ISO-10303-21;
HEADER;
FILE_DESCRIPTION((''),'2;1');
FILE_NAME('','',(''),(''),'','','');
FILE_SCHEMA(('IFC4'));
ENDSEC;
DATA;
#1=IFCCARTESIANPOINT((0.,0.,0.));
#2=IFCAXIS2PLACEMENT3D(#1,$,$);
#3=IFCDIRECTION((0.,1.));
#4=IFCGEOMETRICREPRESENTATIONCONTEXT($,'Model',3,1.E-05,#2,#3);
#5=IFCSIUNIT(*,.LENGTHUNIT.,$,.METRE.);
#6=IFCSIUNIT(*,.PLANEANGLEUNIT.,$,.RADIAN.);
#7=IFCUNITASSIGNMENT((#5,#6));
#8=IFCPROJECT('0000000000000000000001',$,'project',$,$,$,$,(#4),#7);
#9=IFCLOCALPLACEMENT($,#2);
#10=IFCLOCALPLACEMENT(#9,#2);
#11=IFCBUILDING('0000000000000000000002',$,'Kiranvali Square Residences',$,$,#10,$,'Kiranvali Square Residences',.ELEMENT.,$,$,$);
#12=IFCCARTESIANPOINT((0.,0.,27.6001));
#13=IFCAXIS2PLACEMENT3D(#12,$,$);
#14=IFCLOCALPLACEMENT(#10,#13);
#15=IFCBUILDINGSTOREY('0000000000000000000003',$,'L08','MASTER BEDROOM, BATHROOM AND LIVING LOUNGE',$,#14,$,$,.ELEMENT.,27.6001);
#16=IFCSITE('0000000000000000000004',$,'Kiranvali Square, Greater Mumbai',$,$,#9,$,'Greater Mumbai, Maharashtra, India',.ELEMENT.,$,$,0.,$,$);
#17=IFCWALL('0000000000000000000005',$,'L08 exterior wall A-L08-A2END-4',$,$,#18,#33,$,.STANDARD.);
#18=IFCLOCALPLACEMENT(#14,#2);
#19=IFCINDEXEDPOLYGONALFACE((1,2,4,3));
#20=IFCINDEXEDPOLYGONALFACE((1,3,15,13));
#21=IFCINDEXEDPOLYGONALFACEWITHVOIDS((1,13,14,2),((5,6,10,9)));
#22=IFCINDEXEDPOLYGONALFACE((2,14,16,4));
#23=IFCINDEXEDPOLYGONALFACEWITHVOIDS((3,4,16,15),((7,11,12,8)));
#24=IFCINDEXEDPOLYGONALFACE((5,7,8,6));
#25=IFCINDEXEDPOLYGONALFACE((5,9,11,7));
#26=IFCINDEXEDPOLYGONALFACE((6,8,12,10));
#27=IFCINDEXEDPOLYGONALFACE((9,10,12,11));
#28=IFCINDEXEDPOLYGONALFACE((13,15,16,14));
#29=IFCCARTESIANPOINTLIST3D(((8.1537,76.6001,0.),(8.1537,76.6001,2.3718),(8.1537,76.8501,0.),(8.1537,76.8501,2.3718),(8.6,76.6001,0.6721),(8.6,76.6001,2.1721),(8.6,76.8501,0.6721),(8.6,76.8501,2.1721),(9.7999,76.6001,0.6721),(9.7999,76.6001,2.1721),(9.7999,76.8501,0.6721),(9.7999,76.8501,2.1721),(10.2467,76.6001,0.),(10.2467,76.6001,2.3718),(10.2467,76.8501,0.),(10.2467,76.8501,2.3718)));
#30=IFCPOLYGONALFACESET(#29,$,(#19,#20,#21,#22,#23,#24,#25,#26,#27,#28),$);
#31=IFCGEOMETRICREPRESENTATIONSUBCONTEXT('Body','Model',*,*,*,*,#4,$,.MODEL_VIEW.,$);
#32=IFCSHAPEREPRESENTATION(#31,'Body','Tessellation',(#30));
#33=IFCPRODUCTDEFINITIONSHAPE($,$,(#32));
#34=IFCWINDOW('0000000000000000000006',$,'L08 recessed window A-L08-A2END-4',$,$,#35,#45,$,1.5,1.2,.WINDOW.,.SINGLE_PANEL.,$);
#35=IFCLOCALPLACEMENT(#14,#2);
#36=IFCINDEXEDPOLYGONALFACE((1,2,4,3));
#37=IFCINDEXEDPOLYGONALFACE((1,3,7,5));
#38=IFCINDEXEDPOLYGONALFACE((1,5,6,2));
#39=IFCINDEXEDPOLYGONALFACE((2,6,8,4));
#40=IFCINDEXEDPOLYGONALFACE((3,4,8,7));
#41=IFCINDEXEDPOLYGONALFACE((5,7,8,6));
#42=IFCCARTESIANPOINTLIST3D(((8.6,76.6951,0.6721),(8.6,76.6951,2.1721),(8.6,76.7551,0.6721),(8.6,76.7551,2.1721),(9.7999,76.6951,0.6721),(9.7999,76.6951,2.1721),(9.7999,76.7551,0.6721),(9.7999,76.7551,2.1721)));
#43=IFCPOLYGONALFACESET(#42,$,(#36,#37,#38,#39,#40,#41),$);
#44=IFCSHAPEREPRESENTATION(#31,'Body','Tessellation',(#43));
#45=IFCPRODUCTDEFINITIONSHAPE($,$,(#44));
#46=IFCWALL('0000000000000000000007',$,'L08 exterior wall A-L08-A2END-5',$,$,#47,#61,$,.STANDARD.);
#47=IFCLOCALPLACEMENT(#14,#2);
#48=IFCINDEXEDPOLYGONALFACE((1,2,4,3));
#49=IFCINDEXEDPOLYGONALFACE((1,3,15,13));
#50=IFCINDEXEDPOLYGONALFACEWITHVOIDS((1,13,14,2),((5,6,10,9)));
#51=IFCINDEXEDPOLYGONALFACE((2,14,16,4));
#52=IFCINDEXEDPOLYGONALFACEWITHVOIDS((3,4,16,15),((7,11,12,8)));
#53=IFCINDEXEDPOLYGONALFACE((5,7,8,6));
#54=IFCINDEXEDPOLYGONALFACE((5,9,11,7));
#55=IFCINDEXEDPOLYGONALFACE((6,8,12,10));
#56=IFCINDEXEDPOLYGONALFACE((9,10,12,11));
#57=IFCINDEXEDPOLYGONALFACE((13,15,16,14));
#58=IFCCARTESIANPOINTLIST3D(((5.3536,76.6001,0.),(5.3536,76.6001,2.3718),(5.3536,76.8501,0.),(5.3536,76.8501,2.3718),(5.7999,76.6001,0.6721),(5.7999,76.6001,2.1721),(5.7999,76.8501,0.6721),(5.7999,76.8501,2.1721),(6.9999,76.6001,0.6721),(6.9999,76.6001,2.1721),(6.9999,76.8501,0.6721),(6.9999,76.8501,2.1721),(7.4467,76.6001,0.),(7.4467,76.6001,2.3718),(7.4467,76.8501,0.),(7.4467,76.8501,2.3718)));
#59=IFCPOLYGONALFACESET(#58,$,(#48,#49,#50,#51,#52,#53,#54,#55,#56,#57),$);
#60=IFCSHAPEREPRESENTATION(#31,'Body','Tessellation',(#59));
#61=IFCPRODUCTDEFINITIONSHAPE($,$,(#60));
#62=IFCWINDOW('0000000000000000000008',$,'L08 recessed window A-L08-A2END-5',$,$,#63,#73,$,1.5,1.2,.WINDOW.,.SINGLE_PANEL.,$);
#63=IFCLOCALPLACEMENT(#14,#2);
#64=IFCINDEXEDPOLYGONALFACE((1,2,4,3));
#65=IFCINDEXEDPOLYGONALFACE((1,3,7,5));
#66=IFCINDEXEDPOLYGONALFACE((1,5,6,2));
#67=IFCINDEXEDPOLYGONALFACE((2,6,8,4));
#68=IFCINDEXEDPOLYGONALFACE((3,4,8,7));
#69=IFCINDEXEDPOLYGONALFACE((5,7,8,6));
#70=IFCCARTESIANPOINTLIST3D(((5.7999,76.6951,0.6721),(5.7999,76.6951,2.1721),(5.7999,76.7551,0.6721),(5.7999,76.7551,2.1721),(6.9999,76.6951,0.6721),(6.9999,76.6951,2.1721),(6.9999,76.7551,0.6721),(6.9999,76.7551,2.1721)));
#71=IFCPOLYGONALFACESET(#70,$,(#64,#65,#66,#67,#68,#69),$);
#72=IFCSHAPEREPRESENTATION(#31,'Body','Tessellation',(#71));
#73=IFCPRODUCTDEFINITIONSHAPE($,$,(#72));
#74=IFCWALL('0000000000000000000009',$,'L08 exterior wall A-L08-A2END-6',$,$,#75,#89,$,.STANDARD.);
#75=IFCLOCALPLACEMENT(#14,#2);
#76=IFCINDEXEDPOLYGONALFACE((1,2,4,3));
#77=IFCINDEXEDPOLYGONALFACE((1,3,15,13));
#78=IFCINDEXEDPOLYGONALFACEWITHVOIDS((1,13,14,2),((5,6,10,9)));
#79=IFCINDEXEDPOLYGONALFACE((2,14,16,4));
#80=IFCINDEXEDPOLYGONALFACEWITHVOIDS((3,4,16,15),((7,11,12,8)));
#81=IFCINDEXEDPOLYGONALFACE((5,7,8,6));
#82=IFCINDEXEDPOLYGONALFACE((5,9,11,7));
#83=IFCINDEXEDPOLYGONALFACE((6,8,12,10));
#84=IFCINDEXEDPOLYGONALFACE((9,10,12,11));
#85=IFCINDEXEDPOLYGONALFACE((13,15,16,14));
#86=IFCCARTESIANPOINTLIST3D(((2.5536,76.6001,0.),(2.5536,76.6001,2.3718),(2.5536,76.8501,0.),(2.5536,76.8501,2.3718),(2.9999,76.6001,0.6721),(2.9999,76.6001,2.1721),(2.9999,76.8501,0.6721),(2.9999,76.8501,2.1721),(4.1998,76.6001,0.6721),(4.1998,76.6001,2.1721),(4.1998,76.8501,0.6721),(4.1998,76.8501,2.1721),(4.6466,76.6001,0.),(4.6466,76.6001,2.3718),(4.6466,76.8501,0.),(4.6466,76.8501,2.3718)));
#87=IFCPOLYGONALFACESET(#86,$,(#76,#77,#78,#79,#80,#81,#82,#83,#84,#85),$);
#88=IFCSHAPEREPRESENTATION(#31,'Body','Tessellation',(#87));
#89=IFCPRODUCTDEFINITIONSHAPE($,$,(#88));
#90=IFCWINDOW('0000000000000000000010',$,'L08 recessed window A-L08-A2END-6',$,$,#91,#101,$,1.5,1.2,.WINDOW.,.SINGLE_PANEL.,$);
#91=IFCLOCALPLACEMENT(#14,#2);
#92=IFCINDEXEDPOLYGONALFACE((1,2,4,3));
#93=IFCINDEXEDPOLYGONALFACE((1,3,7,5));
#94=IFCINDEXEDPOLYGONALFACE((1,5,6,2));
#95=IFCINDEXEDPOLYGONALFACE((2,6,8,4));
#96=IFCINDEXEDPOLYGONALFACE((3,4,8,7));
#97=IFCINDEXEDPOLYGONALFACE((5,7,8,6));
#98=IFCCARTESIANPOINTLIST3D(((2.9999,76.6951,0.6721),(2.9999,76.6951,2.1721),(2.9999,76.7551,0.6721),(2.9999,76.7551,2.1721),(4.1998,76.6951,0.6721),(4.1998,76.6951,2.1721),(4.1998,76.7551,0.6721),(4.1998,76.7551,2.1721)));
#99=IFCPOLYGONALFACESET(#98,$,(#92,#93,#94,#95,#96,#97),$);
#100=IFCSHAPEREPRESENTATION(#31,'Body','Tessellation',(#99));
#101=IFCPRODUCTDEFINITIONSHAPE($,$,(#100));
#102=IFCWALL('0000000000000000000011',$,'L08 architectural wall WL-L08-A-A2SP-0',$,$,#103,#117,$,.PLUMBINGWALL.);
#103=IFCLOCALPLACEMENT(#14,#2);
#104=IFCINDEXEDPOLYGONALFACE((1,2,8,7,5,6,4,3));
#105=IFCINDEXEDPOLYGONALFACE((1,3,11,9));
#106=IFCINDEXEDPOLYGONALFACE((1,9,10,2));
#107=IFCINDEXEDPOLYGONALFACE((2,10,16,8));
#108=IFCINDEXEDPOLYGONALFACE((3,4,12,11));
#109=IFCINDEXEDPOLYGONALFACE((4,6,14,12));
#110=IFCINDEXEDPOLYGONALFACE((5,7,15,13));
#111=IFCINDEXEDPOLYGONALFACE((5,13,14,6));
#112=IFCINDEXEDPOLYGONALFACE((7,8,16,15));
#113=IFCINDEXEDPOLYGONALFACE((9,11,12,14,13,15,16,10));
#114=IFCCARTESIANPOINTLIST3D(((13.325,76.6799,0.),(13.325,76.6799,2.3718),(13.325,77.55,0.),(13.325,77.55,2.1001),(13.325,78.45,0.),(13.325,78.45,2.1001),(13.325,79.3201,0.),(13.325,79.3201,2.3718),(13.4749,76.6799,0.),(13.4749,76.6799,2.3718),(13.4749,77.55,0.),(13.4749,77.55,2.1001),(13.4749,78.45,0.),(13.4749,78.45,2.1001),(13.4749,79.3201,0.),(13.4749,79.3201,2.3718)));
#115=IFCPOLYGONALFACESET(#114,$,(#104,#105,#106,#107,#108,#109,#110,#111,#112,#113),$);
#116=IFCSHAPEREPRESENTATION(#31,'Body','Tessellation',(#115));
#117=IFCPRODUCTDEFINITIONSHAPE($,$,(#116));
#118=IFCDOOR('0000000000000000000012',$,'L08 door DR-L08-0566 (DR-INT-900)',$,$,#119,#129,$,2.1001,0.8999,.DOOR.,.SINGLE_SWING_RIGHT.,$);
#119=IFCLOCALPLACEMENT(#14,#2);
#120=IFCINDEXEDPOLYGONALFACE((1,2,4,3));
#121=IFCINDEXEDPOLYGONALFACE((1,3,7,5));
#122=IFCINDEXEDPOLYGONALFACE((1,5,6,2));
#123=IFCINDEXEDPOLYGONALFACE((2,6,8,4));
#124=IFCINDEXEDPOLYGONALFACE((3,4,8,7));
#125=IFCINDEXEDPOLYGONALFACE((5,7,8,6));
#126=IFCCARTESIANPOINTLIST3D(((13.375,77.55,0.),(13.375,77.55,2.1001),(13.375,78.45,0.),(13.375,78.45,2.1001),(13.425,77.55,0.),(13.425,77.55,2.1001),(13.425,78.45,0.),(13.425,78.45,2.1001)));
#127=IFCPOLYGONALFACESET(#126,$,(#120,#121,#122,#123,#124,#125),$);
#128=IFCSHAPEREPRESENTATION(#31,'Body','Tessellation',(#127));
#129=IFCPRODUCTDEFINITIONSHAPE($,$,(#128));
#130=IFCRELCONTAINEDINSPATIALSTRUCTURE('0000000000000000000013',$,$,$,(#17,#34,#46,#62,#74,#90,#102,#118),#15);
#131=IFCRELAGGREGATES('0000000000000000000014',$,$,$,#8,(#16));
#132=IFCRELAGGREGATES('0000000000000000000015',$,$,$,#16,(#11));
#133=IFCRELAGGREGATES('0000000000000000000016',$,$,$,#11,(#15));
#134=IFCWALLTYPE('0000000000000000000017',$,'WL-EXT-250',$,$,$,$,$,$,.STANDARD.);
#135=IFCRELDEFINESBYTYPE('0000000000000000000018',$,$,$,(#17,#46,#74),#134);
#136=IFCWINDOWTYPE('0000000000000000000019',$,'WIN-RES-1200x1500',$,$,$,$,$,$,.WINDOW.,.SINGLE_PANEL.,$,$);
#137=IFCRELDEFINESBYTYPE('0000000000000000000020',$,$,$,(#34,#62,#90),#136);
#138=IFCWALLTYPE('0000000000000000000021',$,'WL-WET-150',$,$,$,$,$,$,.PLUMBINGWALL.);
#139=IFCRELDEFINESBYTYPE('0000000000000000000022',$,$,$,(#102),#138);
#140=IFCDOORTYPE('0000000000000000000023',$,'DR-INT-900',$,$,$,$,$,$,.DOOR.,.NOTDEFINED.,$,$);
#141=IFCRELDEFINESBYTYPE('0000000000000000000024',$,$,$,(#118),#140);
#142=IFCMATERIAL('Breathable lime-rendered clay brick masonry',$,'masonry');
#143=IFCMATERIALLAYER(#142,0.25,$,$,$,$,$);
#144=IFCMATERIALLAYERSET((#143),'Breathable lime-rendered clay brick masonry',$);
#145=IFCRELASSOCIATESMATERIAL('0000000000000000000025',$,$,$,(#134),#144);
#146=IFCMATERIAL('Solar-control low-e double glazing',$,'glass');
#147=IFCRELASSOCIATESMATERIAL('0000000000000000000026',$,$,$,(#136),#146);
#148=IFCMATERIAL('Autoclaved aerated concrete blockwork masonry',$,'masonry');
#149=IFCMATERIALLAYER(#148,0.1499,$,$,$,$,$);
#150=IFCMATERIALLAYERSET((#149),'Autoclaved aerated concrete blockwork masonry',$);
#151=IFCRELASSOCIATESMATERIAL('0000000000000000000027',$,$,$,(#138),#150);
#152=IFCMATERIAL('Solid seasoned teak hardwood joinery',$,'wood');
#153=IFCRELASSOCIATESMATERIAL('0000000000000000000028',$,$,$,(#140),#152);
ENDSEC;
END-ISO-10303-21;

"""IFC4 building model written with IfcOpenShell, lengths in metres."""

from ifc_helpers import new_model, si_unit, direction, frame, frame_2d, origin, place, context, subcontext, project, spatial, rectangle, extrude, material, layer, layer_set, type_object, element, fill, save


model = new_model("IFC4")

# Units and contexts
model_context = context("Model", 3, precision=1e-05, world=origin(), true_north=direction((0.0, 1.0)))
body_context = subcontext(model_context, "Body", "Model", "MODEL_VIEW")
ifc_project = project(units=[si_unit("LENGTHUNIT", "METRE"), si_unit("PLANEANGLEUNIT", "RADIAN")], contexts=[model_context])

# Site, building, storey
site_placement = place(None, origin())
site = spatial("IfcSite", under=ifc_project, at=site_placement, Name="Kiranvali Square, Greater Mumbai", LongName="Greater Mumbai, Maharashtra, India", CompositionType="ELEMENT", RefElevation=0.0)
building_placement = place(site_placement, origin())
building = spatial("IfcBuilding", under=site, at=building_placement, Name="Kiranvali Square Residences", LongName="Kiranvali Square Residences", CompositionType="ELEMENT")
storey_placement = place(building_placement, frame((0.0, 0.0, 27.6001)))
storey = spatial("IfcBuildingStorey", under=building, at=storey_placement, Name="L08", Description="MASTER BEDROOM, BATHROOM AND LIVING LOUNGE", CompositionType="ELEMENT", Elevation=27.6001)

# Shared definitions
ifc_material_1 = material(Name="Breathable lime-rendered clay brick masonry", Category="masonry")
ifc_layer_1 = layer(ifc_material_1, 0.25)
ifc_layer_set_1 = layer_set([ifc_layer_1], Name="Breathable lime-rendered clay brick masonry")
wall_type_1 = type_object("IfcWallType", Name="WL-EXT-250", PredefinedType="STANDARD", material=ifc_layer_set_1)
ifc_material_2 = material(Name="Solar-control low-e double glazing", Category="glass")
window_type = type_object("IfcWindowType", Name="WIN-RES-1200x1500", PartitioningType="SINGLE_PANEL", PredefinedType="WINDOW", material=ifc_material_2)

# Walls, openings, windows
wall_1_placement = place(storey_placement, frame((10.2466, 76.7251, 0.0), z_axis=(0.0, 0.0, 1.0), x_axis=(-1.0, 0.0, 0.0)))
wall_1 = element("IfcWall", 1, at=wall_1_placement, inside=storey, type_object=wall_type_1, Name="L08 exterior wall A-L08-A2END-4", PredefinedType="STANDARD", context=body_context, shape_type="SweptSolid", body=[
    extrude(rectangle(XDim=2.093, YDim=0.25, at=frame_2d((1.0464, 0.0))), origin(), (0.0, 0.0, 1.0), 2.3718),
])
opening_1_placement = place(wall_1_placement, frame((0.4465, 0.0, 0.6721)))
opening_1 = element("IfcOpeningElement", 2, at=opening_1_placement, cuts=wall_1, PredefinedType="OPENING", context=body_context, shape_type="SweptSolid", body=[
    extrude(rectangle(XDim=1.2, YDim=1.5, at=frame_2d((0.6001, 0.75))), frame((0.0, 0.135, 0.0), z_axis=(0.0, -1.0, 0.0), x_axis=(1.0, 0.0, 0.0)), (0.0, 0.0, 1.0), 0.27),
])
window_1_placement = place(opening_1_placement, origin())
window_1 = element("IfcWindow", 3, at=window_1_placement, inside=storey, type_object=window_type, Name="L08 recessed window A-L08-A2END-4", OverallHeight=1.5, OverallWidth=1.2, PartitioningType="SINGLE_PANEL", PredefinedType="WINDOW", context=body_context, shape_type="SweptSolid", body=[
    extrude(rectangle(XDim=1.2, YDim=1.5, at=frame_2d((0.6001, 0.75))), frame((0.0, 0.03, 0.0), z_axis=(0.0, -1.0, 0.0), x_axis=(1.0, 0.0, 0.0)), (0.0, 0.0, 1.0), 0.0601),
])
fill(opening_1, window_1)
wall_2_placement = place(storey_placement, frame((7.4465, 76.7251, 0.0), z_axis=(0.0, 0.0, 1.0), x_axis=(-1.0, 0.0, 0.0)))
wall_2 = element("IfcWall", 4, at=wall_2_placement, inside=storey, type_object=wall_type_1, Name="L08 exterior wall A-L08-A2END-5", PredefinedType="STANDARD", context=body_context, shape_type="SweptSolid", body=[
    extrude(rectangle(XDim=2.093, YDim=0.25, at=frame_2d((1.0464, 0.0))), origin(), (0.0, 0.0, 1.0), 2.3718),
])
opening_2_placement = place(wall_2_placement, frame((0.4465, 0.0, 0.6721)))
opening_2 = element("IfcOpeningElement", 5, at=opening_2_placement, cuts=wall_2, PredefinedType="OPENING", context=body_context, shape_type="SweptSolid", body=[
    extrude(rectangle(XDim=1.2, YDim=1.5, at=frame_2d((0.6001, 0.75))), frame((0.0, 0.135, 0.0), z_axis=(0.0, -1.0, 0.0), x_axis=(1.0, 0.0, 0.0)), (0.0, 0.0, 1.0), 0.27),
])
window_2_placement = place(opening_2_placement, origin())
window_2 = element("IfcWindow", 6, at=window_2_placement, inside=storey, type_object=window_type, Name="L08 recessed window A-L08-A2END-5", OverallHeight=1.5, OverallWidth=1.2, PartitioningType="SINGLE_PANEL", PredefinedType="WINDOW", context=body_context, shape_type="SweptSolid", body=[
    extrude(rectangle(XDim=1.2, YDim=1.5, at=frame_2d((0.6001, 0.75))), frame((0.0, 0.03, 0.0), z_axis=(0.0, -1.0, 0.0), x_axis=(1.0, 0.0, 0.0)), (0.0, 0.0, 1.0), 0.0601),
])
fill(opening_2, window_2)
wall_3_placement = place(storey_placement, frame((4.6465, 76.7251, 0.0), z_axis=(0.0, 0.0, 1.0), x_axis=(-1.0, 0.0, 0.0)))
wall_3 = element("IfcWall", 7, at=wall_3_placement, inside=storey, type_object=wall_type_1, Name="L08 exterior wall A-L08-A2END-6", PredefinedType="STANDARD", context=body_context, shape_type="SweptSolid", body=[
    extrude(rectangle(XDim=2.093, YDim=0.25, at=frame_2d((1.0464, 0.0))), origin(), (0.0, 0.0, 1.0), 2.3718),
])
opening_3_placement = place(wall_3_placement, frame((0.4465, 0.0, 0.6721)))
opening_3 = element("IfcOpeningElement", 8, at=opening_3_placement, cuts=wall_3, PredefinedType="OPENING", context=body_context, shape_type="SweptSolid", body=[
    extrude(rectangle(XDim=1.2, YDim=1.5, at=frame_2d((0.6001, 0.75))), frame((0.0, 0.135, 0.0), z_axis=(0.0, -1.0, 0.0), x_axis=(1.0, 0.0, 0.0)), (0.0, 0.0, 1.0), 0.27),
])
window_3_placement = place(opening_3_placement, origin())
window_3 = element("IfcWindow", 9, at=window_3_placement, inside=storey, type_object=window_type, Name="L08 recessed window A-L08-A2END-6", OverallHeight=1.5, OverallWidth=1.2, PartitioningType="SINGLE_PANEL", PredefinedType="WINDOW", context=body_context, shape_type="SweptSolid", body=[
    extrude(rectangle(XDim=1.2, YDim=1.5, at=frame_2d((0.6001, 0.75))), frame((0.0, 0.03, 0.0), z_axis=(0.0, -1.0, 0.0), x_axis=(1.0, 0.0, 0.0)), (0.0, 0.0, 1.0), 0.0601),
])
fill(opening_3, window_3)

# Wall, opening, door
ifc_material_3 = material(Name="Autoclaved aerated concrete blockwork masonry", Category="masonry")
ifc_layer_2 = layer(ifc_material_3, 0.1499)
ifc_layer_set_2 = layer_set([ifc_layer_2], Name="Autoclaved aerated concrete blockwork masonry")
wall_type_2 = type_object("IfcWallType", Name="WL-WET-150", PredefinedType="PLUMBINGWALL", material=ifc_layer_set_2)
wall_4_placement = place(storey_placement, frame((13.3999, 79.3201, 0.0), z_axis=(0.0, 0.0, 1.0), x_axis=(0.0, -1.0, 0.0)))
wall_4 = element("IfcWall", 10, at=wall_4_placement, inside=storey, type_object=wall_type_2, Name="L08 architectural wall WL-L08-A-A2SP-0", PredefinedType="PLUMBINGWALL", context=body_context, shape_type="SweptSolid", body=[
    extrude(rectangle(XDim=2.6401, YDim=0.1499, at=frame_2d((1.3201, 0.0))), origin(), (0.0, 0.0, 1.0), 2.3718),
])
opening_4_placement = place(wall_4_placement, frame((0.8701, 0.0, 0.0)))
opening_4 = element("IfcOpeningElement", 11, at=opening_4_placement, cuts=wall_4, PredefinedType="OPENING", context=body_context, shape_type="SweptSolid", body=[
    extrude(rectangle(XDim=0.8999, YDim=2.1001, at=frame_2d((0.45, 1.05))), frame((0.0, 0.085, 0.0), z_axis=(0.0, -1.0, 0.0), x_axis=(1.0, 0.0, 0.0)), (0.0, 0.0, 1.0), 0.1699),
])
ifc_material_4 = material(Name="Solid seasoned teak hardwood joinery", Category="wood")
door_type_1 = type_object("IfcDoorType", Name="DR-INT-900", OperationType="NOTDEFINED", PredefinedType="DOOR", material=ifc_material_4)
door_1_placement = place(opening_4_placement, frame((0.8999, 0.0, 0.0), z_axis=(0.0, 0.0, 1.0), x_axis=(-1.0, 0.0, 0.0)))
door_1 = element("IfcDoor", 12, at=door_1_placement, inside=storey, type_object=door_type_1, Name="L08 door DR-L08-0566 (DR-INT-900)", OperationType="SINGLE_SWING_RIGHT", OverallHeight=2.1001, OverallWidth=0.8999, PredefinedType="DOOR", context=body_context, shape_type="SweptSolid", body=[
    extrude(rectangle(XDim=0.8999, YDim=2.1001, at=frame_2d((0.45, 1.05))), frame((0.0, 0.0249, 0.0), z_axis=(0.0, -1.0, 0.0), x_axis=(1.0, 0.0, 0.0)), (0.0, 0.0, 1.0), 0.05),
])
fill(opening_4, door_1)

save(model, "model.ifc")
